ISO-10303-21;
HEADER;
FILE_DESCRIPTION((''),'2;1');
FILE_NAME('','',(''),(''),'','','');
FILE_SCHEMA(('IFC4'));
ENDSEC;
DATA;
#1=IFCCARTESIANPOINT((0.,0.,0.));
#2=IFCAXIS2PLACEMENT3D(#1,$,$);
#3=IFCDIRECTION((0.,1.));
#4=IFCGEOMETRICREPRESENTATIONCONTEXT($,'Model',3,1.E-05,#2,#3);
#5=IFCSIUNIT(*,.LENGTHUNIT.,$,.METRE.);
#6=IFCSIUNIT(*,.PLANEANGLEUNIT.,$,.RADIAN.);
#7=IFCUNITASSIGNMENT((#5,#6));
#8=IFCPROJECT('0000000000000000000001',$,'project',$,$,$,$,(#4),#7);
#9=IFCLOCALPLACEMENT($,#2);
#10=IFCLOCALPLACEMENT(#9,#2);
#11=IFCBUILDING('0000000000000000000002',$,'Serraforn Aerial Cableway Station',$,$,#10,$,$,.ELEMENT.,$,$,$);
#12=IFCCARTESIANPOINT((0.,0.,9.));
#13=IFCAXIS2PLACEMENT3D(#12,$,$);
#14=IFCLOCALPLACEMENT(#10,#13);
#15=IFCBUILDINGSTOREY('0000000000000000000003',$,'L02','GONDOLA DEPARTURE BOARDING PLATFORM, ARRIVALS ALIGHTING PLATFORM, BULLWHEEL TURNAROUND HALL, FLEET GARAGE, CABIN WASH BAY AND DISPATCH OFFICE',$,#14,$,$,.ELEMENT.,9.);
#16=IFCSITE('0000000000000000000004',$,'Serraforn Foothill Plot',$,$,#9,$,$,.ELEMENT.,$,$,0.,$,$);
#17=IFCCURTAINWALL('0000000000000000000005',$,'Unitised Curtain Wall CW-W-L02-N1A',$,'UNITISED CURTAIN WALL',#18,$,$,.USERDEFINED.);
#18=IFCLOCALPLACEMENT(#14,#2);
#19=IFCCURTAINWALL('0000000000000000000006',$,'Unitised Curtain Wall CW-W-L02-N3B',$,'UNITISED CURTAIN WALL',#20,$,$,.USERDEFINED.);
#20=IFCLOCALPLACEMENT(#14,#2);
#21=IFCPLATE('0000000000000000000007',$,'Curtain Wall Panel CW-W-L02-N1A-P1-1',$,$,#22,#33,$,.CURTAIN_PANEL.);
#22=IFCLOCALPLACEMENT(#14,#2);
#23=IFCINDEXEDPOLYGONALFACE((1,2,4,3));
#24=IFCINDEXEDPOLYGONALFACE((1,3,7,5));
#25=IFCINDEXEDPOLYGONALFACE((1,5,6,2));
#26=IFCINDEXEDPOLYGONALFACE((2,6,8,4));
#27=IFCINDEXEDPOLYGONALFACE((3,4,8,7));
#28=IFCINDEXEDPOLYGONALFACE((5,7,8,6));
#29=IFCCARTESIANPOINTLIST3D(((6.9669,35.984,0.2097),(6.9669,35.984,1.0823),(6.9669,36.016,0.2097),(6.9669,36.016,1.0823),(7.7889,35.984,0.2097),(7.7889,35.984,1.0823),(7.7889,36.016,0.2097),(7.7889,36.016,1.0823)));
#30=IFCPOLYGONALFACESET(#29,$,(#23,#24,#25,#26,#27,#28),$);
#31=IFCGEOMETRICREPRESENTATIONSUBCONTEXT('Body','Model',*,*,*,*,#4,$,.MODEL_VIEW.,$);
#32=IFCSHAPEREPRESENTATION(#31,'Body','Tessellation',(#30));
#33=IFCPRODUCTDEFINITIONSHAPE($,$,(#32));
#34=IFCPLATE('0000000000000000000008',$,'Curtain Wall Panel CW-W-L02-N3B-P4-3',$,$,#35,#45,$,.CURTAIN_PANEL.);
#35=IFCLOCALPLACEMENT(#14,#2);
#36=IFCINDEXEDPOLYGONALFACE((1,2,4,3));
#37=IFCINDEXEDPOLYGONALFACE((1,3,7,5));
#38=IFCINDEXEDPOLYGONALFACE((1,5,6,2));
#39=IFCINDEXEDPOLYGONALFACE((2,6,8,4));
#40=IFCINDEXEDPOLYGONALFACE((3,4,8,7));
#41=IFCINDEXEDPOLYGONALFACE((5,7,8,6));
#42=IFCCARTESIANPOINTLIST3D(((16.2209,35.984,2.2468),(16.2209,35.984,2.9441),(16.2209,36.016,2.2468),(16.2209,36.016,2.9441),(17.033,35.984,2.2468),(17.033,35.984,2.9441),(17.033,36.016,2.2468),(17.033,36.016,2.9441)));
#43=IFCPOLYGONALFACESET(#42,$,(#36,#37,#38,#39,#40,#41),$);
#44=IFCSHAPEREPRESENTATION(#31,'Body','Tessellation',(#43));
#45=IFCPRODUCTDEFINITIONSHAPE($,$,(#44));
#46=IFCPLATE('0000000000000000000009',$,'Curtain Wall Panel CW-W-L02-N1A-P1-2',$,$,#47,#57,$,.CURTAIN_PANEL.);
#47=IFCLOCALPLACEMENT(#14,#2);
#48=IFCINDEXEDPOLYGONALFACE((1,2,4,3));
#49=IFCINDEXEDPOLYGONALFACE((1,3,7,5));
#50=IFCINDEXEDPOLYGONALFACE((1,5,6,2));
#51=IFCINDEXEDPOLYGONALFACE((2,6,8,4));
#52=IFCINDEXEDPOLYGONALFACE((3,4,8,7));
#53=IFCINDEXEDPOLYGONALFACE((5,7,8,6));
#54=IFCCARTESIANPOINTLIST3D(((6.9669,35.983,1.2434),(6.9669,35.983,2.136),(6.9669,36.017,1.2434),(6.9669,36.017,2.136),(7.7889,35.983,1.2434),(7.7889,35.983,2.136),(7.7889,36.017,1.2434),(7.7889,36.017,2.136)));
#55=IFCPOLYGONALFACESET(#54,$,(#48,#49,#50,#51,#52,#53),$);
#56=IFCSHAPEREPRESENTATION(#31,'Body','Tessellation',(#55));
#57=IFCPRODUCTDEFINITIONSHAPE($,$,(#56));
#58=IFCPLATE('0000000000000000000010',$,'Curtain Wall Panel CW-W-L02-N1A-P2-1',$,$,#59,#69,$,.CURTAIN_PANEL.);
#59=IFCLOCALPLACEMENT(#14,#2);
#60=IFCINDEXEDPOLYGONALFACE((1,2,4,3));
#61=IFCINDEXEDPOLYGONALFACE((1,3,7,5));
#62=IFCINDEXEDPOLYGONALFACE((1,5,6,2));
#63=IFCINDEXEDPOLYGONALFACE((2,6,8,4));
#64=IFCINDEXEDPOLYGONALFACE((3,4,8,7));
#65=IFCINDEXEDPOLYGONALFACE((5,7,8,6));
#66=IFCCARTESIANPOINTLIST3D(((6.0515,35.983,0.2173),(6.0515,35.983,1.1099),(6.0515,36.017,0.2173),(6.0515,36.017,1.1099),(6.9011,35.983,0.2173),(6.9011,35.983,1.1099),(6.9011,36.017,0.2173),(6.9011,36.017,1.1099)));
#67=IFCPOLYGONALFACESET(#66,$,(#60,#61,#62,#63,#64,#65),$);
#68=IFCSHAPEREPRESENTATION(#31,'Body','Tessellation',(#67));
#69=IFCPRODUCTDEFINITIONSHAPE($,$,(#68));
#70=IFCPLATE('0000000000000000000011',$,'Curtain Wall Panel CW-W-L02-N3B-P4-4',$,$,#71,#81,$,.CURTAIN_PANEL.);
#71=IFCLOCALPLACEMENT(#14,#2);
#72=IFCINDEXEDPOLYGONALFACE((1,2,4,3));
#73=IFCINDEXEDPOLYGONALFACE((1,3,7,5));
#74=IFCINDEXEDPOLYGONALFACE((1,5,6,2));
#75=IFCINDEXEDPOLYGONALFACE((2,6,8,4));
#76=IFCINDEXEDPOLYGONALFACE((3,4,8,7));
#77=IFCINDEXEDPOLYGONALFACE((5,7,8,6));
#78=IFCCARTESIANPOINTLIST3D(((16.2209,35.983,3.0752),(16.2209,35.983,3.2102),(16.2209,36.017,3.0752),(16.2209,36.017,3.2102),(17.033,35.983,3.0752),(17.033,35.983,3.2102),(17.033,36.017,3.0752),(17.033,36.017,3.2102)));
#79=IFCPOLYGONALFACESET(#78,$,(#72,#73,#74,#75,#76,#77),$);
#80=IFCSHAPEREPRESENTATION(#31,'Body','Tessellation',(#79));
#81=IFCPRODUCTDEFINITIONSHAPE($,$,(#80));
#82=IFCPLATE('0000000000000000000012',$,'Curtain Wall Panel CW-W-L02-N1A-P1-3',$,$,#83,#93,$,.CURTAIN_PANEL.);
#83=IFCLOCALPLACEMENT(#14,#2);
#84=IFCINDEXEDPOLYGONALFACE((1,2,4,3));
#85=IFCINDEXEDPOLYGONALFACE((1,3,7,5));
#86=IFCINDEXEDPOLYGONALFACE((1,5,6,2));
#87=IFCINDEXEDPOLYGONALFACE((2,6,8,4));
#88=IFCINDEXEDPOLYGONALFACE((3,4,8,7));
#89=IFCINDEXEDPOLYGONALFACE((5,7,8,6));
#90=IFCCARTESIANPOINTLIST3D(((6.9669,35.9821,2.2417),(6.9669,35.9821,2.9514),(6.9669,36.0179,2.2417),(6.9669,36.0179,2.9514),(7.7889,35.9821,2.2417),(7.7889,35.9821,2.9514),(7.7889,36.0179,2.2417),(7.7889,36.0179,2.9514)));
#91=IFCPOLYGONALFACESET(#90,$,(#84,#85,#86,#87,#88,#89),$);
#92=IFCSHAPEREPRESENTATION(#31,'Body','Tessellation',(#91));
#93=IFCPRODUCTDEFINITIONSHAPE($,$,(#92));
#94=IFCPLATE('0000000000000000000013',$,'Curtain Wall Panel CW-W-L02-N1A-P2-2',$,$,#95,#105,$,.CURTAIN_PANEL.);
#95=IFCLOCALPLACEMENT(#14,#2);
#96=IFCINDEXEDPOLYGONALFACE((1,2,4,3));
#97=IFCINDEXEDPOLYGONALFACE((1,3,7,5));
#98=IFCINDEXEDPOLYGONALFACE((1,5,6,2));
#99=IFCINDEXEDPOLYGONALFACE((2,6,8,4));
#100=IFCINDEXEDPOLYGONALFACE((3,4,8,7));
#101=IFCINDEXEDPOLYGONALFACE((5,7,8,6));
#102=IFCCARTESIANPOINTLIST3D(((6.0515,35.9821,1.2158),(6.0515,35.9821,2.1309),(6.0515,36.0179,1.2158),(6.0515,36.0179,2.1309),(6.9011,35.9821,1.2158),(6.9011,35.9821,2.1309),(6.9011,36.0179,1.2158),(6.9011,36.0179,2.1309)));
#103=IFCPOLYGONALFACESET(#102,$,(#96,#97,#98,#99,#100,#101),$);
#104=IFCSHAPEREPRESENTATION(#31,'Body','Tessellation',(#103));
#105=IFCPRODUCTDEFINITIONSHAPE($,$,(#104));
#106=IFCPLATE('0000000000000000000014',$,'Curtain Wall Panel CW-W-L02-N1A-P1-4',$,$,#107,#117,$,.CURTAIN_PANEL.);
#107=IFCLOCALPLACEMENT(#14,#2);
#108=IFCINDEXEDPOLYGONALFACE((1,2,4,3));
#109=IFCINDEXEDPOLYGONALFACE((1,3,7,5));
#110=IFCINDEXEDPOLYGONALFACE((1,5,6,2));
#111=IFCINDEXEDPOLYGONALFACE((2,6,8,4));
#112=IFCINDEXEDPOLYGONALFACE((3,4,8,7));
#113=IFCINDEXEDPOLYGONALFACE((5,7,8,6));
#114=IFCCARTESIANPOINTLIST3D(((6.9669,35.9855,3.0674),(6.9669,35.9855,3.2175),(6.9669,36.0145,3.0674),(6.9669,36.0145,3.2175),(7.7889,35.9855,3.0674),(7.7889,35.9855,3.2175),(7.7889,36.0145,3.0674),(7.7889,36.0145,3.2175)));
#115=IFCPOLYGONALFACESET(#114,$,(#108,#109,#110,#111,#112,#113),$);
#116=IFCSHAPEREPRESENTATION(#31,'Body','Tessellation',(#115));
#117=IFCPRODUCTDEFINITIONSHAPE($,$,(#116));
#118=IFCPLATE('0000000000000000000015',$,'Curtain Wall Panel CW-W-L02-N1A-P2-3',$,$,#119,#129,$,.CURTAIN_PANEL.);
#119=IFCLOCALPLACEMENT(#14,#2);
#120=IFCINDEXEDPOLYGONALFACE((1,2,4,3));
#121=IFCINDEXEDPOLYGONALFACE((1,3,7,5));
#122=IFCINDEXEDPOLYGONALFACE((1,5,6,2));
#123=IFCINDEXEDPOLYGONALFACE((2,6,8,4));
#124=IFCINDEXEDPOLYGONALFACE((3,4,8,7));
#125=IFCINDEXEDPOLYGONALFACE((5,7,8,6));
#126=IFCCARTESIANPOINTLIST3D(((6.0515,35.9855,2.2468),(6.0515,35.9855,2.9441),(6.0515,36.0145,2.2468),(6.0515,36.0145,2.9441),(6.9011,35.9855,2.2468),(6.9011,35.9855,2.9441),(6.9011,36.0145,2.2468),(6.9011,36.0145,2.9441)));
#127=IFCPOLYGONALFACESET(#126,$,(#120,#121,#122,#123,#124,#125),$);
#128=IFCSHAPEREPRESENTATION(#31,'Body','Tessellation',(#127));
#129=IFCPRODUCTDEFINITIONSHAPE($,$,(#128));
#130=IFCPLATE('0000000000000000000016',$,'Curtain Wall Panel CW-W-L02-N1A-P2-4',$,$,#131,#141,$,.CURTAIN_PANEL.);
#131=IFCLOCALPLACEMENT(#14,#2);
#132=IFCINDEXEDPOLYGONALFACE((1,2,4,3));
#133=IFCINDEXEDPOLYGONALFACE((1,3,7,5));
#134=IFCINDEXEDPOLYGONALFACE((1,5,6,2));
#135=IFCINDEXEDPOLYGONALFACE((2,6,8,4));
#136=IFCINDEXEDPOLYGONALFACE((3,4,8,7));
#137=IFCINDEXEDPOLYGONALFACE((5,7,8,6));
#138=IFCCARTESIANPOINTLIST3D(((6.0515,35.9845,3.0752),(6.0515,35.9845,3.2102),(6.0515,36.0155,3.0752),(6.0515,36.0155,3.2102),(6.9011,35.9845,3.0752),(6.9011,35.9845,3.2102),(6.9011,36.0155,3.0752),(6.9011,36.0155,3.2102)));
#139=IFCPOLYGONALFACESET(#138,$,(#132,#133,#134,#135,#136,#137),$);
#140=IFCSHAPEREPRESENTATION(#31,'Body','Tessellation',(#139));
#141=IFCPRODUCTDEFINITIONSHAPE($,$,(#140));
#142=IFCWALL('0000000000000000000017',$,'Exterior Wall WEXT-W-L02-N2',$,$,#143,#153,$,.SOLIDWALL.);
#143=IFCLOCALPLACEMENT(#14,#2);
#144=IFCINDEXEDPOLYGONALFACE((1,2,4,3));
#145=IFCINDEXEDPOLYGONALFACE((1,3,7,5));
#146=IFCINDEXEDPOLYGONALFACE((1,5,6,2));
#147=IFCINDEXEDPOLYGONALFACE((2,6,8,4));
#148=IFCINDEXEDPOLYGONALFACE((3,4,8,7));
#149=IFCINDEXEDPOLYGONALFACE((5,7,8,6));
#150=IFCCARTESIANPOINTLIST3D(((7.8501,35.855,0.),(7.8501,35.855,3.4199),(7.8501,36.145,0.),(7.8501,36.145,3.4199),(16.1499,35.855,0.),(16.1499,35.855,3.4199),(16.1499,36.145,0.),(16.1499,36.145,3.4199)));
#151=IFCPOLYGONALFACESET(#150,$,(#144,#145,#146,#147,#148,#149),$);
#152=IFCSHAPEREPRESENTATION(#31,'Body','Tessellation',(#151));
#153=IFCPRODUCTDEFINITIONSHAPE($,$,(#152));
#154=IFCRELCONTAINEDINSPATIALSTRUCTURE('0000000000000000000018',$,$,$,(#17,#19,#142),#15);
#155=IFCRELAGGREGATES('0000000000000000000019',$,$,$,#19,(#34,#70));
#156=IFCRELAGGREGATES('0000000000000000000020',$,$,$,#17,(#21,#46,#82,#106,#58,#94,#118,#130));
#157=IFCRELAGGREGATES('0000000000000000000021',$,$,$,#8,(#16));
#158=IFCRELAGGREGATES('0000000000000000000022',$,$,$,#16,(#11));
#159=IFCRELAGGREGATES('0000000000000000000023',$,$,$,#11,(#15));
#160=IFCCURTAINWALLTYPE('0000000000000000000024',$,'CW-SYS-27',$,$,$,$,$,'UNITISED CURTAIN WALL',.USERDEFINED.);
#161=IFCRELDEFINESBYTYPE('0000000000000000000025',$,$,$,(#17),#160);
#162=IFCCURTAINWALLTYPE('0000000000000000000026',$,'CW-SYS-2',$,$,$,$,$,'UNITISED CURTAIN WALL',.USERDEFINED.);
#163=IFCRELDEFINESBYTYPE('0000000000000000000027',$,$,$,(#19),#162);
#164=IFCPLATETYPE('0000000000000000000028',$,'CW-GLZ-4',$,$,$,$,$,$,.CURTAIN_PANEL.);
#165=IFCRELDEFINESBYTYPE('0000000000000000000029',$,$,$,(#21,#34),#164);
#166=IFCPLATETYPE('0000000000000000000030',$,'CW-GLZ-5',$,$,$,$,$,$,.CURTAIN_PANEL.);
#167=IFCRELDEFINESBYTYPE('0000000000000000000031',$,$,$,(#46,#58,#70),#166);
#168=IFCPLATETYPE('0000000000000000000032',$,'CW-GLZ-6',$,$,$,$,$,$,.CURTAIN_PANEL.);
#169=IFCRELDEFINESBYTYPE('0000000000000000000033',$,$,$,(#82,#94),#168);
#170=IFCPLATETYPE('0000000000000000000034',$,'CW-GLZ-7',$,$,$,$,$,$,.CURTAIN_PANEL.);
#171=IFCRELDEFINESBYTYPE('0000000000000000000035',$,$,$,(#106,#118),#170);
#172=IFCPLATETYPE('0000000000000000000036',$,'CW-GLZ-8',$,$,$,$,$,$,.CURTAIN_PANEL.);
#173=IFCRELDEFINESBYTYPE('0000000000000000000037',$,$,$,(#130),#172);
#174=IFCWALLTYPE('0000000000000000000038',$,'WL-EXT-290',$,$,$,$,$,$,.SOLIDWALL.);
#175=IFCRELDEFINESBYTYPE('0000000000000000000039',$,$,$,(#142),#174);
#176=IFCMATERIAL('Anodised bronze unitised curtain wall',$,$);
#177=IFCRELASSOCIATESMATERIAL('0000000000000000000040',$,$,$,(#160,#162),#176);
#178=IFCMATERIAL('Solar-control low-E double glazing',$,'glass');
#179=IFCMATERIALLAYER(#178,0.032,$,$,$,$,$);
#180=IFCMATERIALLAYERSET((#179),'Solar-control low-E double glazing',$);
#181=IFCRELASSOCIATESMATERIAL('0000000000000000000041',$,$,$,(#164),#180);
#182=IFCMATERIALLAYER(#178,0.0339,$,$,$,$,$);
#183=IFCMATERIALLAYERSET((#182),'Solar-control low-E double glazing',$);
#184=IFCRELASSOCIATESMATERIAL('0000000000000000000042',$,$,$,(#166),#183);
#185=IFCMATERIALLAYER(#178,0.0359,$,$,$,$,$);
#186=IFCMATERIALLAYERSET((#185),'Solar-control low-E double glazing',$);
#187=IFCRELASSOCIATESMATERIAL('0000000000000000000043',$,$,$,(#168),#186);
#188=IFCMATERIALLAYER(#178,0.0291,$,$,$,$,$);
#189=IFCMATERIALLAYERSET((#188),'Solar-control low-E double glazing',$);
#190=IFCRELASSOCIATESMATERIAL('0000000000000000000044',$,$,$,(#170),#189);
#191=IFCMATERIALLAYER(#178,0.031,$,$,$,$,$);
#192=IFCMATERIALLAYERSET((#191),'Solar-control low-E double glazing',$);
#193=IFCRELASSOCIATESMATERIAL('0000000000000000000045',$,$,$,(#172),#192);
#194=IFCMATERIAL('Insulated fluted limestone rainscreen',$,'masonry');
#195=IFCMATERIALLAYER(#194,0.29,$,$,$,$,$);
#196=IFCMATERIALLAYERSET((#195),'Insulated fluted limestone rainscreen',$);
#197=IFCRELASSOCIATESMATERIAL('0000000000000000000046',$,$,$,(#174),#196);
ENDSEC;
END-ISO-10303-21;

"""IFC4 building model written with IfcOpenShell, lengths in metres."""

from ifc_helpers import new_model, si_unit, direction, frame, frame_2d, origin, origin_2d, place, context, subcontext, project, spatial, rectangle, extrude, material, layer, layer_set, type_object, element, aggregate, save


model = new_model("IFC4")

# Units and contexts
model_context = context("Model", 3, precision=1e-05, world=origin(), true_north=direction((0.0, 1.0)))
body_context = subcontext(model_context, "Body", "Model", "MODEL_VIEW")
ifc_project = project(units=[si_unit("LENGTHUNIT", "METRE"), si_unit("PLANEANGLEUNIT", "RADIAN")], contexts=[model_context])

# Site, building, storey
site_placement = place(None, origin())
site = spatial("IfcSite", under=ifc_project, at=site_placement, Name="Serraforn Foothill Plot", CompositionType="ELEMENT", RefElevation=0.0)
building_placement = place(site_placement, origin())
building = spatial("IfcBuilding", under=site, at=building_placement, Name="Serraforn Aerial Cableway Station", CompositionType="ELEMENT")
storey_placement = place(building_placement, frame((0.0, 0.0, 9.0)))
storey = spatial("IfcBuildingStorey", under=building, at=storey_placement, Name="L02", Description="GONDOLA DEPARTURE BOARDING PLATFORM, ARRIVALS ALIGHTING PLATFORM, BULLWHEEL TURNAROUND HALL, FLEET GARAGE, CABIN WASH BAY AND DISPATCH OFFICE", CompositionType="ELEMENT", Elevation=9.0)

# Curtain wall
ifc_material_1 = material(Name="Anodised bronze unitised curtain wall")
curtain_wall_type_1 = type_object("IfcCurtainWallType", Name="CW-SYS-27", ElementType="UNITISED CURTAIN WALL", PredefinedType="USERDEFINED", material=ifc_material_1)
curtain_wall_1_placement = place(storey_placement, origin())
curtain_wall_1 = element("IfcCurtainWall", 1, at=curtain_wall_1_placement, inside=storey, type_object=curtain_wall_type_1, Name="Unitised Curtain Wall CW-W-L02-N1A", ObjectType="UNITISED CURTAIN WALL", PredefinedType="USERDEFINED")

# Curtain wall
curtain_wall_type_2 = type_object("IfcCurtainWallType", Name="CW-SYS-2", ElementType="UNITISED CURTAIN WALL", PredefinedType="USERDEFINED", material=ifc_material_1)
curtain_wall_2_placement = place(storey_placement, origin())
curtain_wall_2 = element("IfcCurtainWall", 2, at=curtain_wall_2_placement, inside=storey, type_object=curtain_wall_type_2, Name="Unitised Curtain Wall CW-W-L02-N3B", ObjectType="UNITISED CURTAIN WALL", PredefinedType="USERDEFINED")

# Plates
ifc_material_2 = material(Name="Solar-control low-E double glazing", Category="glass")
ifc_layer_1 = layer(ifc_material_2, 0.032)
ifc_layer_set_1 = layer_set([ifc_layer_1], Name="Solar-control low-E double glazing")
plate_type_1 = type_object("IfcPlateType", Name="CW-GLZ-4", PredefinedType="CURTAIN_PANEL", material=ifc_layer_set_1)
plate_1_placement = place(storey_placement, frame((7.3779, 36.0, 0.2097), z_axis=(0.0, 0.0, 1.0), x_axis=(1.0, 0.0, 0.0)))
plate_1 = element("IfcPlate", 3, at=plate_1_placement, type_object=plate_type_1, Name="Curtain Wall Panel CW-W-L02-N1A-P1-1", PredefinedType="CURTAIN_PANEL", context=body_context, shape_type="SweptSolid", body=[
    extrude(rectangle(XDim=0.822, YDim=0.032, at=origin_2d()), origin(), (0.0, 0.0, 1.0), 0.8726),
])
plate_2_placement = place(storey_placement, frame((16.627, 36.0, 2.2468), z_axis=(0.0, 0.0, 1.0), x_axis=(1.0, 0.0, 0.0)))
plate_2 = element("IfcPlate", 4, at=plate_2_placement, type_object=plate_type_1, Name="Curtain Wall Panel CW-W-L02-N3B-P4-3", PredefinedType="CURTAIN_PANEL", context=body_context, shape_type="SweptSolid", body=[
    extrude(rectangle(XDim=0.812, YDim=0.032, at=origin_2d()), origin(), (0.0, 0.0, 1.0), 0.6973),
])
ifc_layer_2 = layer(ifc_material_2, 0.0339)
ifc_layer_set_2 = layer_set([ifc_layer_2], Name="Solar-control low-E double glazing")
plate_type_2 = type_object("IfcPlateType", Name="CW-GLZ-5", PredefinedType="CURTAIN_PANEL", material=ifc_layer_set_2)
plate_3_placement = place(storey_placement, frame((7.3779, 36.0, 1.2434), z_axis=(0.0, 0.0, 1.0), x_axis=(1.0, 0.0, 0.0)))
plate_3 = element("IfcPlate", 5, at=plate_3_placement, type_object=plate_type_2, Name="Curtain Wall Panel CW-W-L02-N1A-P1-2", PredefinedType="CURTAIN_PANEL", context=body_context, shape_type="SweptSolid", body=[
    extrude(rectangle(XDim=0.822, YDim=0.0339, at=origin_2d()), origin(), (0.0, 0.0, 1.0), 0.8926),
])
plate_4_placement = place(storey_placement, frame((6.4763, 36.0, 0.2173), z_axis=(0.0, 0.0, 1.0), x_axis=(1.0, 0.0, 0.0)))
plate_4 = element("IfcPlate", 6, at=plate_4_placement, type_object=plate_type_2, Name="Curtain Wall Panel CW-W-L02-N1A-P2-1", PredefinedType="CURTAIN_PANEL", context=body_context, shape_type="SweptSolid", body=[
    extrude(rectangle(XDim=0.8496, YDim=0.0339, at=origin_2d()), origin(), (0.0, 0.0, 1.0), 0.8926),
])
plate_5_placement = place(storey_placement, frame((16.627, 36.0, 3.0752), z_axis=(0.0, 0.0, 1.0), x_axis=(1.0, 0.0, 0.0)))
plate_5 = element("IfcPlate", 7, at=plate_5_placement, type_object=plate_type_2, Name="Curtain Wall Panel CW-W-L02-N3B-P4-4", PredefinedType="CURTAIN_PANEL", context=body_context, shape_type="SweptSolid", body=[
    extrude(rectangle(XDim=0.812, YDim=0.0339, at=origin_2d()), origin(), (0.0, 0.0, 1.0), 0.135),
])
aggregate(curtain_wall_2, [plate_2, plate_5])
ifc_layer_3 = layer(ifc_material_2, 0.0359)
ifc_layer_set_3 = layer_set([ifc_layer_3], Name="Solar-control low-E double glazing")
plate_type_3 = type_object("IfcPlateType", Name="CW-GLZ-6", PredefinedType="CURTAIN_PANEL", material=ifc_layer_set_3)
plate_6_placement = place(storey_placement, frame((7.3779, 36.0, 2.2417), z_axis=(0.0, 0.0, 1.0), x_axis=(1.0, 0.0, 0.0)))
plate_6 = element("IfcPlate", 8, at=plate_6_placement, type_object=plate_type_3, Name="Curtain Wall Panel CW-W-L02-N1A-P1-3", PredefinedType="CURTAIN_PANEL", context=body_context, shape_type="SweptSolid", body=[
    extrude(rectangle(XDim=0.822, YDim=0.0359, at=origin_2d()), origin(), (0.0, 0.0, 1.0), 0.7097),
])
plate_7_placement = place(storey_placement, frame((6.4763, 36.0, 1.2158), z_axis=(0.0, 0.0, 1.0), x_axis=(1.0, 0.0, 0.0)))
plate_7 = element("IfcPlate", 9, at=plate_7_placement, type_object=plate_type_3, Name="Curtain Wall Panel CW-W-L02-N1A-P2-2", PredefinedType="CURTAIN_PANEL", context=body_context, shape_type="SweptSolid", body=[
    extrude(rectangle(XDim=0.8496, YDim=0.0359, at=origin_2d()), origin(), (0.0, 0.0, 1.0), 0.915),
])
ifc_layer_4 = layer(ifc_material_2, 0.0291)
ifc_layer_set_4 = layer_set([ifc_layer_4], Name="Solar-control low-E double glazing")
plate_type_4 = type_object("IfcPlateType", Name="CW-GLZ-7", PredefinedType="CURTAIN_PANEL", material=ifc_layer_set_4)
plate_8_placement = place(storey_placement, frame((7.3779, 36.0, 3.0674), z_axis=(0.0, 0.0, 1.0), x_axis=(1.0, 0.0, 0.0)))
plate_8 = element("IfcPlate", 10, at=plate_8_placement, type_object=plate_type_4, Name="Curtain Wall Panel CW-W-L02-N1A-P1-4", PredefinedType="CURTAIN_PANEL", context=body_context, shape_type="SweptSolid", body=[
    extrude(rectangle(XDim=0.822, YDim=0.0291, at=origin_2d()), origin(), (0.0, 0.0, 1.0), 0.1501),
])
plate_9_placement = place(storey_placement, frame((6.4763, 36.0, 2.2468), z_axis=(0.0, 0.0, 1.0), x_axis=(1.0, 0.0, 0.0)))
plate_9 = element("IfcPlate", 11, at=plate_9_placement, type_object=plate_type_4, Name="Curtain Wall Panel CW-W-L02-N1A-P2-3", PredefinedType="CURTAIN_PANEL", context=body_context, shape_type="SweptSolid", body=[
    extrude(rectangle(XDim=0.8496, YDim=0.0291, at=origin_2d()), origin(), (0.0, 0.0, 1.0), 0.6973),
])
ifc_layer_5 = layer(ifc_material_2, 0.031)
ifc_layer_set_5 = layer_set([ifc_layer_5], Name="Solar-control low-E double glazing")
plate_type_5 = type_object("IfcPlateType", Name="CW-GLZ-8", PredefinedType="CURTAIN_PANEL", material=ifc_layer_set_5)
plate_10_placement = place(storey_placement, frame((6.4763, 36.0, 3.0752), z_axis=(0.0, 0.0, 1.0), x_axis=(1.0, 0.0, 0.0)))
plate_10 = element("IfcPlate", 12, at=plate_10_placement, type_object=plate_type_5, Name="Curtain Wall Panel CW-W-L02-N1A-P2-4", PredefinedType="CURTAIN_PANEL", context=body_context, shape_type="SweptSolid", body=[
    extrude(rectangle(XDim=0.8496, YDim=0.031, at=origin_2d()), origin(), (0.0, 0.0, 1.0), 0.135),
])
aggregate(curtain_wall_1, [plate_1, plate_3, plate_6, plate_8, plate_4, plate_7, plate_9, plate_10])

# Wall
ifc_material_3 = material(Name="Insulated fluted limestone rainscreen", Category="masonry")
ifc_layer_6 = layer(ifc_material_3, 0.29)
ifc_layer_set_6 = layer_set([ifc_layer_6], Name="Insulated fluted limestone rainscreen")
wall_type = type_object("IfcWallType", Name="WL-EXT-290", PredefinedType="SOLIDWALL", material=ifc_layer_set_6)
wall_placement = place(storey_placement, frame((16.1499, 36.0, 0.0), z_axis=(0.0, 0.0, 1.0), x_axis=(-1.0, 0.0, 0.0)))
element("IfcWall", 13, at=wall_placement, inside=storey, type_object=wall_type, Name="Exterior Wall WEXT-W-L02-N2", PredefinedType="SOLIDWALL", context=body_context, shape_type="SweptSolid", body=[
    extrude(rectangle(XDim=8.2998, YDim=0.29, at=frame_2d((4.1499, 0.0))), origin(), (0.0, 0.0, 1.0), 3.4199),
])

save(model, "model.ifc")
